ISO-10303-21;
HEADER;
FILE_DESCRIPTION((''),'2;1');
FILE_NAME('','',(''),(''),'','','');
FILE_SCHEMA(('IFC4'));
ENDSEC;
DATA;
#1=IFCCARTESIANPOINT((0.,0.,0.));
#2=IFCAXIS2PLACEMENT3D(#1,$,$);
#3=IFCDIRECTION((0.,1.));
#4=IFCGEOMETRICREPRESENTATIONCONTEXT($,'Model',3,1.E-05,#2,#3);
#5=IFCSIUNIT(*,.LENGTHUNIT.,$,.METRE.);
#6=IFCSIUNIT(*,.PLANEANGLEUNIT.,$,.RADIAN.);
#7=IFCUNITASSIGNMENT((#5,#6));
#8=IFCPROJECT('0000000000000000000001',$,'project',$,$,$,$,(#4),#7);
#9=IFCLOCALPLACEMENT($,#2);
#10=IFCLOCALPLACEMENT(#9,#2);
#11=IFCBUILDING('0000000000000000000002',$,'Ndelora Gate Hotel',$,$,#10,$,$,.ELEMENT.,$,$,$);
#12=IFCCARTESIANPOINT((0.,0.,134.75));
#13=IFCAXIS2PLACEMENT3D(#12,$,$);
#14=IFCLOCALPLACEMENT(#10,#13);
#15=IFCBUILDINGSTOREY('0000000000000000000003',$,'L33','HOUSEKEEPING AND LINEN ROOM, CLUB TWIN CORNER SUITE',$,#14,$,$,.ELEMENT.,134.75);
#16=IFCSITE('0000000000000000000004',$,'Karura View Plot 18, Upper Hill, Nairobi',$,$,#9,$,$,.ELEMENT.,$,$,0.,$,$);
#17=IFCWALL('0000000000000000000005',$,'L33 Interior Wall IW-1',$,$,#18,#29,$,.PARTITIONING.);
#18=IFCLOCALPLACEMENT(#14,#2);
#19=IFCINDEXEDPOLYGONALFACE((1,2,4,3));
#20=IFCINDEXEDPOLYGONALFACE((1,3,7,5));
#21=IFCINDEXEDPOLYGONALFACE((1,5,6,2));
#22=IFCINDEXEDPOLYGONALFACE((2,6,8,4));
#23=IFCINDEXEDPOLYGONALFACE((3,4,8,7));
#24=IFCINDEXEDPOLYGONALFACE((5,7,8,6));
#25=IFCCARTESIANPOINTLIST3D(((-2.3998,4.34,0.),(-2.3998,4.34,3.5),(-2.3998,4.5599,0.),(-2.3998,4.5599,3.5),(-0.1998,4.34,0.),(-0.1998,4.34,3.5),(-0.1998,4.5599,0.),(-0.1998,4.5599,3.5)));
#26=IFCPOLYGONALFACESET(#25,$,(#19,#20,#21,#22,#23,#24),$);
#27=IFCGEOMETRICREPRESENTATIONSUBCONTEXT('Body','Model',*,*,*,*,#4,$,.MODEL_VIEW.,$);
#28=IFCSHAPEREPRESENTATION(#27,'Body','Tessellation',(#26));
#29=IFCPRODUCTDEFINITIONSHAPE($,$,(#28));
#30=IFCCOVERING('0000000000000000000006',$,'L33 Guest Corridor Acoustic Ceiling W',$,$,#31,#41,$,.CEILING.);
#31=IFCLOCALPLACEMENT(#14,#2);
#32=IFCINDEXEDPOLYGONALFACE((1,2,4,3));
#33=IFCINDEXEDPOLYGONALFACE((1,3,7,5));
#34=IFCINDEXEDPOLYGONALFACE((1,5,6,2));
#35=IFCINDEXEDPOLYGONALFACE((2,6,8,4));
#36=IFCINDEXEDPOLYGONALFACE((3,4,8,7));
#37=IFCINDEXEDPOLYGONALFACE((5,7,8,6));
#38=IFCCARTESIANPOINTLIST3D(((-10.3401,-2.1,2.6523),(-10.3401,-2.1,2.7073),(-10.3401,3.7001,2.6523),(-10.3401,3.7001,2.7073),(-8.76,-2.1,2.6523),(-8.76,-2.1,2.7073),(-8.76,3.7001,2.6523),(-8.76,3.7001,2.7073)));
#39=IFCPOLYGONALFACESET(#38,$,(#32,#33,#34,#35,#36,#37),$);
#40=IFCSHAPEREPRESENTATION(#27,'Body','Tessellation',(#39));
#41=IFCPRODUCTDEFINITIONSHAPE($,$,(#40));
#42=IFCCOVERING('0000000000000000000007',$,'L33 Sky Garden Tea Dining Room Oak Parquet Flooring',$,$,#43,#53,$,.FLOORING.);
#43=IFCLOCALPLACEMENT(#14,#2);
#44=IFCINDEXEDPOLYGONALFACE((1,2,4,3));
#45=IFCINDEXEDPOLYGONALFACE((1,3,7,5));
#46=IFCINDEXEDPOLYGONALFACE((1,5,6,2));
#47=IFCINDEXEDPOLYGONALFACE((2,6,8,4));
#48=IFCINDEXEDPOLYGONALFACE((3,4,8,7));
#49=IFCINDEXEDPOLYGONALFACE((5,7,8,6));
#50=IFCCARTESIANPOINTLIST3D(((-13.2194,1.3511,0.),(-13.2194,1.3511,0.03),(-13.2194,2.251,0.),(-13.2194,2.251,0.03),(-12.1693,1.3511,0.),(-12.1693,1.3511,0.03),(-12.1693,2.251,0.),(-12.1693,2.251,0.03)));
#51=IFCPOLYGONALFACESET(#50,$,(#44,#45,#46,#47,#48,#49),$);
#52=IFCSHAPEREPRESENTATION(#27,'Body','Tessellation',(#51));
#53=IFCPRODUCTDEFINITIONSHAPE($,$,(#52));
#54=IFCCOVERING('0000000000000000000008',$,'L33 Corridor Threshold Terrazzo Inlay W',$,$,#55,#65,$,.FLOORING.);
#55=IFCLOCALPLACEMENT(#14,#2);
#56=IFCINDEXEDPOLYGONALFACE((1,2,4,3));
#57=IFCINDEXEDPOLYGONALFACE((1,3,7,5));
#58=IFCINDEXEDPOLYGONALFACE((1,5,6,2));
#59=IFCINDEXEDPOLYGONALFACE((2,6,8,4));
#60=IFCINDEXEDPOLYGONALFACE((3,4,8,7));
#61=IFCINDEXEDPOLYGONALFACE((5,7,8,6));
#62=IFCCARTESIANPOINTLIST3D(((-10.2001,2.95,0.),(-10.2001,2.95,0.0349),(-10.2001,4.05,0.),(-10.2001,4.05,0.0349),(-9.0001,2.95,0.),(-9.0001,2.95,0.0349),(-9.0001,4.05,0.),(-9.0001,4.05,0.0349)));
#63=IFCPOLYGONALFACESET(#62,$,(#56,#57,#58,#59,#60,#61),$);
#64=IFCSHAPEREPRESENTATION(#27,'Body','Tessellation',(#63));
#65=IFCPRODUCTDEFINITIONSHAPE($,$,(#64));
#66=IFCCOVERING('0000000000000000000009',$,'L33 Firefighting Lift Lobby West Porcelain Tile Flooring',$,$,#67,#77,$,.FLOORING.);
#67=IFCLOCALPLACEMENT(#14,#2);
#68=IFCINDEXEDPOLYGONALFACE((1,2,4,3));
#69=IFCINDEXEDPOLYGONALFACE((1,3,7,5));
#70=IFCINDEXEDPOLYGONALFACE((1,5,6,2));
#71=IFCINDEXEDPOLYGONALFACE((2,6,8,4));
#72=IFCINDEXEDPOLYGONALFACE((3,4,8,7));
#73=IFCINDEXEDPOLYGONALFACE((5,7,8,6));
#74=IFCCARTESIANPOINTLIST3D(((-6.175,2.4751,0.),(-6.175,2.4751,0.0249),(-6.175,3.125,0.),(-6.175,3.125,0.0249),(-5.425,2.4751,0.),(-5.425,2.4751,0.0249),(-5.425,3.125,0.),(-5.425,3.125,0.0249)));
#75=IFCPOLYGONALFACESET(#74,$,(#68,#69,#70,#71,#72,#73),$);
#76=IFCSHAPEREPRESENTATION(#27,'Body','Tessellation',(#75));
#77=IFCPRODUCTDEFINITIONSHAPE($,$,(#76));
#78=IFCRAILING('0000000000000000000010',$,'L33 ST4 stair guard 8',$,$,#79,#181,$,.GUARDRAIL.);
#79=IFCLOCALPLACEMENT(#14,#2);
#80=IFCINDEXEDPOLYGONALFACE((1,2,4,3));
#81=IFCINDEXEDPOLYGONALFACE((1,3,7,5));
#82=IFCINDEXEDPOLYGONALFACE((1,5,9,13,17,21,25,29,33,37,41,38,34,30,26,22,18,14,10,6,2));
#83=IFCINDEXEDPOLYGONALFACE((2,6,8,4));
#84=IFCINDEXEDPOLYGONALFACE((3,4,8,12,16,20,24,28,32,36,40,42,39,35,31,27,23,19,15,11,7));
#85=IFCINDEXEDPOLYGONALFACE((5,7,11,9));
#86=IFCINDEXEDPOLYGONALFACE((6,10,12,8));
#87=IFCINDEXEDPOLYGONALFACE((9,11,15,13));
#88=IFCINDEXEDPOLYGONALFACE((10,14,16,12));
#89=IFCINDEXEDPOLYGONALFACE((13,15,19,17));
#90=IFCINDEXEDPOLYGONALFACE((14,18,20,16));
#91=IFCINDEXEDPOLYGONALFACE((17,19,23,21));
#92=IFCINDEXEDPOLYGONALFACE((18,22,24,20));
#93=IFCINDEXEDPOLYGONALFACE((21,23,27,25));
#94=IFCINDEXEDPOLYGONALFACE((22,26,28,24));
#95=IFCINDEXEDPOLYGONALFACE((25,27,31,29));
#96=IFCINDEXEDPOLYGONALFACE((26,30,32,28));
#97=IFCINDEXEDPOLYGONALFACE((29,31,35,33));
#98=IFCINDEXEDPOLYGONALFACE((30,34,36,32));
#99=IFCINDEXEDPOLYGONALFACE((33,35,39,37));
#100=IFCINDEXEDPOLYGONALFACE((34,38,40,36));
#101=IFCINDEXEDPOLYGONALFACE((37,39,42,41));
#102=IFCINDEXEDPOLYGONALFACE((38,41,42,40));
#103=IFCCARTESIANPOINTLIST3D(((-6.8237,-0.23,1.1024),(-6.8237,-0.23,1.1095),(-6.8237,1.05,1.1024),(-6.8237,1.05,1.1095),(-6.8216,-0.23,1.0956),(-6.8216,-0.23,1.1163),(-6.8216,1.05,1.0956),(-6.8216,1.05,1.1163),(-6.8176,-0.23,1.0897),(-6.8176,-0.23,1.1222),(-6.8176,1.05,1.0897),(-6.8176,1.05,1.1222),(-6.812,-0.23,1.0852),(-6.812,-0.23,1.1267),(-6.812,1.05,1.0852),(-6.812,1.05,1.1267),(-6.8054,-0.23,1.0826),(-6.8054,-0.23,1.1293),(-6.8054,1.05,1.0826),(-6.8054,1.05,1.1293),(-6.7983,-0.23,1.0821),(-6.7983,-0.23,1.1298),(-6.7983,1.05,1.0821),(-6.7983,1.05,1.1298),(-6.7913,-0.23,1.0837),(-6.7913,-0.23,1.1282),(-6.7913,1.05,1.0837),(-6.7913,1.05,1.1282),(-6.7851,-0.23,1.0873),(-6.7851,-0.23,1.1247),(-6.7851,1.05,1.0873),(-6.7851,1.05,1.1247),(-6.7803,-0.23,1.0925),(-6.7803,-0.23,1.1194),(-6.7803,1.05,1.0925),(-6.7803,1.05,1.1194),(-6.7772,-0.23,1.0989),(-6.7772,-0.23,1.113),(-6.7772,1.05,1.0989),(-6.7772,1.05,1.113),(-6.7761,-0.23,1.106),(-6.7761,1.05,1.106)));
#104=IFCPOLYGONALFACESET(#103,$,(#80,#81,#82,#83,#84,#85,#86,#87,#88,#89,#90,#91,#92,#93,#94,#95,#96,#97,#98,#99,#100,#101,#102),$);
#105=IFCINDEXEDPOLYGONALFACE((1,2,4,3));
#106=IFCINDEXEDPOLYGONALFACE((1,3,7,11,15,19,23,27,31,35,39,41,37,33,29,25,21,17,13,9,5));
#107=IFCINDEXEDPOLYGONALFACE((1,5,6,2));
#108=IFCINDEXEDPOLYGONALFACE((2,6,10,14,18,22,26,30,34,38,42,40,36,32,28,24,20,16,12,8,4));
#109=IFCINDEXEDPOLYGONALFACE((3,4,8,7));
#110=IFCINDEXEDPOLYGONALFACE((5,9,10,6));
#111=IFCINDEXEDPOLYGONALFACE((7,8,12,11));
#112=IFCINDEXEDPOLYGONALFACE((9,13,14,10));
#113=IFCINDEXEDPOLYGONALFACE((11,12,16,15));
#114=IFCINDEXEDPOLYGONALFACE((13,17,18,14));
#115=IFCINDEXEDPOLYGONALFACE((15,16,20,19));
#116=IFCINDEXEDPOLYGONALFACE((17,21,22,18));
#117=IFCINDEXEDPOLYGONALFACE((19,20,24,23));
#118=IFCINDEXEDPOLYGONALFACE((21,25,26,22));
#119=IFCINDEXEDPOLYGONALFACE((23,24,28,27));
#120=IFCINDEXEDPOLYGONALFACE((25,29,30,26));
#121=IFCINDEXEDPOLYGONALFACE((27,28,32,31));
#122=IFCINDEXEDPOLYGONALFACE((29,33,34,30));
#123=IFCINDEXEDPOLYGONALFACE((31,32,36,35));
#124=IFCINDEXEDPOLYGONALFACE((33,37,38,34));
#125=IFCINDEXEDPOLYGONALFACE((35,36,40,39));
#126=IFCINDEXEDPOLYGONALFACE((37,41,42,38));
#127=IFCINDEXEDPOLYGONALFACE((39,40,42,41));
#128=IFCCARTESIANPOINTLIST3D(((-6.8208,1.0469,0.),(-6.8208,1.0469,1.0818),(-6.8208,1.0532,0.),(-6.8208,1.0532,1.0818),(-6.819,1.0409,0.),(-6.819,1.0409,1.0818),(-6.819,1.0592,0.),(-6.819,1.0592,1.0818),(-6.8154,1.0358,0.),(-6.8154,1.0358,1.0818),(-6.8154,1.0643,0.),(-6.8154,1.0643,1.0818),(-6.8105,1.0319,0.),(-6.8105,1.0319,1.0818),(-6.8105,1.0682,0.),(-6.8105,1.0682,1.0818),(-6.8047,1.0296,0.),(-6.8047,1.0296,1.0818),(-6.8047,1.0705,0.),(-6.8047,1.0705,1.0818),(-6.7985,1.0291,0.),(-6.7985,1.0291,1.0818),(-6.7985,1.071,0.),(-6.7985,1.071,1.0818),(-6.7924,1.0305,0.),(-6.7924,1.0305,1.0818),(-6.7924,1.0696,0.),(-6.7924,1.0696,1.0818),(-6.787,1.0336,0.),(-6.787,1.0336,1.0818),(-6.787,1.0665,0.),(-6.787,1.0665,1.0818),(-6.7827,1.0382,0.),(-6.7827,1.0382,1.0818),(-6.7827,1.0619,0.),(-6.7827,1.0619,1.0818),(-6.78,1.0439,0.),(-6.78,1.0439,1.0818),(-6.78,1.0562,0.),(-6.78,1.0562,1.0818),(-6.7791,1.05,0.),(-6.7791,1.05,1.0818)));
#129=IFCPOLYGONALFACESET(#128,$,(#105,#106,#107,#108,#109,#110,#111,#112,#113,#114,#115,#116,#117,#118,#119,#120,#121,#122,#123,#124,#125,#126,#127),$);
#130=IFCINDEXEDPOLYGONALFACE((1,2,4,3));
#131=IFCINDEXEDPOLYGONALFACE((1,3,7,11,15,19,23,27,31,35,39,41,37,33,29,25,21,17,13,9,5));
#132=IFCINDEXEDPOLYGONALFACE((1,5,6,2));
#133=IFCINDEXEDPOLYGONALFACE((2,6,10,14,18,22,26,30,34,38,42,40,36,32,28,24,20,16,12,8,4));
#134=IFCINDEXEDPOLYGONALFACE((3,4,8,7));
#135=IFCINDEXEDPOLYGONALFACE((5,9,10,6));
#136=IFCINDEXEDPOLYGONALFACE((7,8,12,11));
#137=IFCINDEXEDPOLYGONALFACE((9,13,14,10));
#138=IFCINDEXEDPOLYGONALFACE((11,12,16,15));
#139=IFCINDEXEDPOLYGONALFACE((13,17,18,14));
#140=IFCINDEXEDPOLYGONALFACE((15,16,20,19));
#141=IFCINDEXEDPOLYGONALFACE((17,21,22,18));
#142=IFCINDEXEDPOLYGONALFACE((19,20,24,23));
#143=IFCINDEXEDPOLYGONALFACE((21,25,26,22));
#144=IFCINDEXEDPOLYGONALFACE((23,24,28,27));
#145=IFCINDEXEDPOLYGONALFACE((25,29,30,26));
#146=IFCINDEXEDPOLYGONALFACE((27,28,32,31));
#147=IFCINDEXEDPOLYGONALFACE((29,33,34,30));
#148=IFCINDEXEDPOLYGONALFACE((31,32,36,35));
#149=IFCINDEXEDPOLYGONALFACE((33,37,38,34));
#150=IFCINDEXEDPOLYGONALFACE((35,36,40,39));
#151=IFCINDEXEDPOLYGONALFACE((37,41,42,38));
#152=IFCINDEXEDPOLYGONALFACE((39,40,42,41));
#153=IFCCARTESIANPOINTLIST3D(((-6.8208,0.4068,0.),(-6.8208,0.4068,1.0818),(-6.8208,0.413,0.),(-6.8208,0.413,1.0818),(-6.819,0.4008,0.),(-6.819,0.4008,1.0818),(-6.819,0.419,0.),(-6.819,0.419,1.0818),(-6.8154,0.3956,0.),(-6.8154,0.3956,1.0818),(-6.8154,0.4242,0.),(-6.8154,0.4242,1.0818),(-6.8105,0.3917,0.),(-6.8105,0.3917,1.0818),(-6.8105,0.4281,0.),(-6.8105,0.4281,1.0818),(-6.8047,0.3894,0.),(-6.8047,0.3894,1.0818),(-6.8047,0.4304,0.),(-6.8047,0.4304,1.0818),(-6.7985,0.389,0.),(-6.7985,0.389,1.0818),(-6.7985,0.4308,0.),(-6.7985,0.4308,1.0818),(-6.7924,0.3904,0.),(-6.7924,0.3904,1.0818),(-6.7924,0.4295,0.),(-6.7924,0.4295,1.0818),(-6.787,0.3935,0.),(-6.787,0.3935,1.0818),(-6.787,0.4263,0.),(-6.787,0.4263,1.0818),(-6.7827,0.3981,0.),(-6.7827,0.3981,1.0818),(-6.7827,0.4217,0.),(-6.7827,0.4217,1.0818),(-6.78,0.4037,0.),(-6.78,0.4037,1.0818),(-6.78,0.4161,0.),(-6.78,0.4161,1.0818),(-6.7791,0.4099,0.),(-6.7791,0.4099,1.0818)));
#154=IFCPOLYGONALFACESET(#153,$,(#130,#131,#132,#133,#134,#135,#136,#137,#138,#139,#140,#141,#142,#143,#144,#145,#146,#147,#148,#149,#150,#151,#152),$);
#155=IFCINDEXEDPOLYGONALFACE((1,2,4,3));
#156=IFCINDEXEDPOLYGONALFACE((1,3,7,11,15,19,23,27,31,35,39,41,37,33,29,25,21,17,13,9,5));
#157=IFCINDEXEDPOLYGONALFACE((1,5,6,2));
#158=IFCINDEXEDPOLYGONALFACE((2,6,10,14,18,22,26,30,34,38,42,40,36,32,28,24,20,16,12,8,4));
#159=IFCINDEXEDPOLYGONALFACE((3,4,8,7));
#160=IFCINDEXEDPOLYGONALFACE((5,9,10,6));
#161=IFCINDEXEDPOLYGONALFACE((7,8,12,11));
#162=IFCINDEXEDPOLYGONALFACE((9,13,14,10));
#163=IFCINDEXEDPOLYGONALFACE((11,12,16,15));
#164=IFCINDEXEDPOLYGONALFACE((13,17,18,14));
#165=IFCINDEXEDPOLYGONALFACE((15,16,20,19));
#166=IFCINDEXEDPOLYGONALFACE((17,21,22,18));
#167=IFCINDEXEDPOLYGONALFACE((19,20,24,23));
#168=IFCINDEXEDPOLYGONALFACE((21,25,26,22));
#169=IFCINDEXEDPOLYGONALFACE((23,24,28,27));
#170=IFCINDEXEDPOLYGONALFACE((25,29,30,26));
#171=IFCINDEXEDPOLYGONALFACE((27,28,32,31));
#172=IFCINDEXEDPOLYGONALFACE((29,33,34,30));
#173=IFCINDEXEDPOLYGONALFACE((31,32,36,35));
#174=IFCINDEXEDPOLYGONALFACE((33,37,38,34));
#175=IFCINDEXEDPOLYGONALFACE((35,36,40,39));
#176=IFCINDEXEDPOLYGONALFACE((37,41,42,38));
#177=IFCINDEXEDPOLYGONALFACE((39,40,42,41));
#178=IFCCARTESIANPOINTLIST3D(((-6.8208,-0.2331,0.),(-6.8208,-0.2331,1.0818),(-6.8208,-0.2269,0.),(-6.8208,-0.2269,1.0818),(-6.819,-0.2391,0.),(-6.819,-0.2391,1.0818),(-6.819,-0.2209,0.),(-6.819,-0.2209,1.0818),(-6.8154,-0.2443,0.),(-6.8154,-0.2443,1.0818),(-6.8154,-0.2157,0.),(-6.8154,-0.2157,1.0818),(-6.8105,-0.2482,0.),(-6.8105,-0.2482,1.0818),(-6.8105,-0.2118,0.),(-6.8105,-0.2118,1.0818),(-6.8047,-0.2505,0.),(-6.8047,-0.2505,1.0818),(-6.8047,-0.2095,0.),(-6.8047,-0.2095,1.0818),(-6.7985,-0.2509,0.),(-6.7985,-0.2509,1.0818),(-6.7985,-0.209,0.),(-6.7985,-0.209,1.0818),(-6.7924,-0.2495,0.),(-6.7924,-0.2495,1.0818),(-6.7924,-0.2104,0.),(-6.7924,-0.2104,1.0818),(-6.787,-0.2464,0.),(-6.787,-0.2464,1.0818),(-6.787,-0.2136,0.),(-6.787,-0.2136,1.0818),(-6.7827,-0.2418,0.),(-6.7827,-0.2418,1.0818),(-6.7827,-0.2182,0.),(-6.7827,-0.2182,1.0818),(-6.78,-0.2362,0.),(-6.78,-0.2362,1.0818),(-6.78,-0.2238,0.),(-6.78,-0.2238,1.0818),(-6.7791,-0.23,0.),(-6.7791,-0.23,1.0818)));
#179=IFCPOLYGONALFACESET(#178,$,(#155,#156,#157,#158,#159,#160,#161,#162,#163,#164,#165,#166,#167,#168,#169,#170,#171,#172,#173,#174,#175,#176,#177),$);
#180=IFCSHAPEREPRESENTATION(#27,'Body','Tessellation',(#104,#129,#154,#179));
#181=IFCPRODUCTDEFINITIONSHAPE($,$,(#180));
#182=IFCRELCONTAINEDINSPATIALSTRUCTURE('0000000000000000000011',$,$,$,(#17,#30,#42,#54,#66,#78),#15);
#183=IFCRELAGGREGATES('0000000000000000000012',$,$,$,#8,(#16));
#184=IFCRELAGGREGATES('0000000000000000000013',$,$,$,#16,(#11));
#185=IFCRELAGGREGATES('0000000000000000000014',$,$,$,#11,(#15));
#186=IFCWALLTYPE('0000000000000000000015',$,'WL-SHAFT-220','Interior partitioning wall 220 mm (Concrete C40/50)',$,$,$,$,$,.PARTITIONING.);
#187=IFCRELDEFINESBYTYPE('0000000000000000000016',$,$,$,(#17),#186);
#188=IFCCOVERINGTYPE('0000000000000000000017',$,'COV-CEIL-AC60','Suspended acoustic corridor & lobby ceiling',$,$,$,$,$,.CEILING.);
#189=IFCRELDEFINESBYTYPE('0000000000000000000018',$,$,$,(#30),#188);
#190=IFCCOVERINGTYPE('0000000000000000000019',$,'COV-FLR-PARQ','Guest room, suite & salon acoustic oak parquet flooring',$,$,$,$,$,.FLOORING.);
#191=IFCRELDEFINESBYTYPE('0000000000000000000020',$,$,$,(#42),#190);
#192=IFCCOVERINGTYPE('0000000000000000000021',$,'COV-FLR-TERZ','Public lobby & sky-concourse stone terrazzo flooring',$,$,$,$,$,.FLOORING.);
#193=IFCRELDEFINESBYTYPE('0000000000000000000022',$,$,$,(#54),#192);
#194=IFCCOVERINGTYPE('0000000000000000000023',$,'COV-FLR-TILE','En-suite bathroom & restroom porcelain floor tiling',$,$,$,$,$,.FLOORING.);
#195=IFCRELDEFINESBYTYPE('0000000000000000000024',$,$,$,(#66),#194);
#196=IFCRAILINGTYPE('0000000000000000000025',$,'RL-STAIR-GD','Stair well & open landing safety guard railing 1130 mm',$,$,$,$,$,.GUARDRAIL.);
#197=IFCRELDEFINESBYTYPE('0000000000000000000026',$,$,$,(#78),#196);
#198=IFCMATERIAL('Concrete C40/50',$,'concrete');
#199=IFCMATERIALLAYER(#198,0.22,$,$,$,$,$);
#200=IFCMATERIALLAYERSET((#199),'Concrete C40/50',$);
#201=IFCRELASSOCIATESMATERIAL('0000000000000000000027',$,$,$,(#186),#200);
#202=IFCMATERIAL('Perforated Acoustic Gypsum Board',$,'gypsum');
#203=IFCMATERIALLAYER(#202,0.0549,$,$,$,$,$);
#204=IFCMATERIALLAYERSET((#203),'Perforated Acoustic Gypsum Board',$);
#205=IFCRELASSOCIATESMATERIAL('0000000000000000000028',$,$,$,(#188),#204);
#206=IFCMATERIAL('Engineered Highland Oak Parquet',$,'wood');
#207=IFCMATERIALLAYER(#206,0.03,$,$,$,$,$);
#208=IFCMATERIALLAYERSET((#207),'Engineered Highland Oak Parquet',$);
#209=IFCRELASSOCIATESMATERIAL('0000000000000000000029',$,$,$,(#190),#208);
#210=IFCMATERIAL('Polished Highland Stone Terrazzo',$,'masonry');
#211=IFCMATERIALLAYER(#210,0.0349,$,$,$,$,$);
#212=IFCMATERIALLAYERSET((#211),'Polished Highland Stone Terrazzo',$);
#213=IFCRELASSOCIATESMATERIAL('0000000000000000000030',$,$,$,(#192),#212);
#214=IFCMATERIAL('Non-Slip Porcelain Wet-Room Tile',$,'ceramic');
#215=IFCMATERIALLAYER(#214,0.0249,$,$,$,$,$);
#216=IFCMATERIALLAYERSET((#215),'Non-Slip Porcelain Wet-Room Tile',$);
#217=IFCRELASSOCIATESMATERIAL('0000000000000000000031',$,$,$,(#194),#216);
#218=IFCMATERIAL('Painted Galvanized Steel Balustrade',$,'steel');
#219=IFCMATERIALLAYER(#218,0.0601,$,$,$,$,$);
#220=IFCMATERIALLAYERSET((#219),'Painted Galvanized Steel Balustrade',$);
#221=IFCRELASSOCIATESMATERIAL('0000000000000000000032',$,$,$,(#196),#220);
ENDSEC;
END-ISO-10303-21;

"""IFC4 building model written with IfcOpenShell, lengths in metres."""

from ifc_helpers import new_model, si_unit, direction, frame, frame_2d, origin, origin_2d, place, context, subcontext, project, spatial, rectangle, circle, extrude, material, layer, layer_set, type_object, element, save


model = new_model("IFC4")

# Units and contexts
model_context = context("Model", 3, precision=1e-05, world=origin(), true_north=direction((0.0, 1.0)))
body_context = subcontext(model_context, "Body", "Model", "MODEL_VIEW")
ifc_project = project(units=[si_unit("LENGTHUNIT", "METRE"), si_unit("PLANEANGLEUNIT", "RADIAN")], contexts=[model_context])

# Site, building, storey
site_placement = place(None, origin())
site = spatial("IfcSite", under=ifc_project, at=site_placement, Name="Karura View Plot 18, Upper Hill, Nairobi", CompositionType="ELEMENT", RefElevation=0.0)
building_placement = place(site_placement, origin())
building = spatial("IfcBuilding", under=site, at=building_placement, Name="Ndelora Gate Hotel", CompositionType="ELEMENT")
storey_placement = place(building_placement, frame((0.0, 0.0, 134.75)))
storey = spatial("IfcBuildingStorey", under=building, at=storey_placement, Name="L33", Description="HOUSEKEEPING AND LINEN ROOM, CLUB TWIN CORNER SUITE", CompositionType="ELEMENT", Elevation=134.75)

# Shared definitions
ifc_material_1 = material(Name="Concrete C40/50", Category="concrete")

# Shared definitions
ifc_layer_1 = layer(ifc_material_1, 0.22)
ifc_layer_set_1 = layer_set([ifc_layer_1], Name="Concrete C40/50")
wall_type_1 = type_object("IfcWallType", Name="WL-SHAFT-220", Description="Interior partitioning wall 220 mm (Concrete C40/50)", PredefinedType="PARTITIONING", material=ifc_layer_set_1)

# Wall
wall_1_placement = place(storey_placement, frame((-2.3999, 4.45, 0.0), z_axis=(0.0, 0.0, 1.0), x_axis=(1.0, 0.0, 0.0)))
element("IfcWall", 1, at=wall_1_placement, inside=storey, type_object=wall_type_1, Name="L33 Interior Wall IW-1", PredefinedType="PARTITIONING", context=body_context, shape_type="SweptSolid", body=[
    extrude(rectangle(XDim=2.2, YDim=0.22, at=frame_2d((1.1001, 0.0))), origin(), (0.0, 0.0, 1.0), 3.5),
])

# Coverings
ifc_material_2 = material(Name="Perforated Acoustic Gypsum Board", Category="gypsum")
ifc_layer_2 = layer(ifc_material_2, 0.0549)
ifc_layer_set_2 = layer_set([ifc_layer_2], Name="Perforated Acoustic Gypsum Board")
covering_type_1 = type_object("IfcCoveringType", Name="COV-CEIL-AC60", Description="Suspended acoustic corridor & lobby ceiling", PredefinedType="CEILING", material=ifc_layer_set_2)
covering_1_placement = place(storey_placement, frame((-9.55, 0.8, 2.6523), z_axis=(0.0, 0.0, 1.0), x_axis=(1.0, 0.0, 0.0)))
element("IfcCovering", 2, at=covering_1_placement, inside=storey, type_object=covering_type_1, Name="L33 Guest Corridor Acoustic Ceiling W", PredefinedType="CEILING", context=body_context, shape_type="SweptSolid", body=[
    extrude(rectangle(XDim=1.5801, YDim=5.8, at=origin_2d()), origin(), (0.0, 0.0, 1.0), 0.0549),
])
ifc_material_3 = material(Name="Engineered Highland Oak Parquet", Category="wood")
ifc_layer_3 = layer(ifc_material_3, 0.03)
ifc_layer_set_3 = layer_set([ifc_layer_3], Name="Engineered Highland Oak Parquet")
covering_type_2 = type_object("IfcCoveringType", Name="COV-FLR-PARQ", Description="Guest room, suite & salon acoustic oak parquet flooring", PredefinedType="FLOORING", material=ifc_layer_set_3)
covering_2_placement = place(storey_placement, frame((-12.6943, 1.801, 0.0), z_axis=(0.0, 0.0, 1.0), x_axis=(1.0, 0.0, 0.0)))
element("IfcCovering", 3, at=covering_2_placement, inside=storey, type_object=covering_type_2, Name="L33 Sky Garden Tea Dining Room Oak Parquet Flooring", PredefinedType="FLOORING", context=body_context, shape_type="SweptSolid", body=[
    extrude(rectangle(XDim=1.05, YDim=0.8999, at=origin_2d()), origin(), (0.0, 0.0, 1.0), 0.03),
])
ifc_material_4 = material(Name="Polished Highland Stone Terrazzo", Category="masonry")
ifc_layer_4 = layer(ifc_material_4, 0.0349)
ifc_layer_set_4 = layer_set([ifc_layer_4], Name="Polished Highland Stone Terrazzo")
covering_type_3 = type_object("IfcCoveringType", Name="COV-FLR-TERZ", Description="Public lobby & sky-concourse stone terrazzo flooring", PredefinedType="FLOORING", material=ifc_layer_set_4)
covering_3_placement = place(storey_placement, frame((-9.6001, 3.5, 0.0), z_axis=(0.0, 0.0, 1.0), x_axis=(1.0, 0.0, 0.0)))
element("IfcCovering", 4, at=covering_3_placement, inside=storey, type_object=covering_type_3, Name="L33 Corridor Threshold Terrazzo Inlay W", PredefinedType="FLOORING", context=body_context, shape_type="SweptSolid", body=[
    extrude(rectangle(XDim=1.2, YDim=1.1001, at=origin_2d()), origin(), (0.0, 0.0, 1.0), 0.0349),
])
ifc_material_5 = material(Name="Non-Slip Porcelain Wet-Room Tile", Category="ceramic")
ifc_layer_5 = layer(ifc_material_5, 0.0249)
ifc_layer_set_5 = layer_set([ifc_layer_5], Name="Non-Slip Porcelain Wet-Room Tile")
covering_type_4 = type_object("IfcCoveringType", Name="COV-FLR-TILE", Description="En-suite bathroom & restroom porcelain floor tiling", PredefinedType="FLOORING", material=ifc_layer_set_5)
covering_4_placement = place(storey_placement, frame((-5.8, 2.8, 0.0), z_axis=(0.0, 0.0, 1.0), x_axis=(1.0, 0.0, 0.0)))
element("IfcCovering", 5, at=covering_4_placement, inside=storey, type_object=covering_type_4, Name="L33 Firefighting Lift Lobby West Porcelain Tile Flooring", PredefinedType="FLOORING", context=body_context, shape_type="SweptSolid", body=[
    extrude(rectangle(XDim=0.75, YDim=0.6499, at=origin_2d()), origin(), (0.0, 0.0, 1.0), 0.0249),
])

# Railing
ifc_material_6 = material(Name="Painted Galvanized Steel Balustrade", Category="steel")
ifc_layer_6 = layer(ifc_material_6, 0.0601)
ifc_layer_set_6 = layer_set([ifc_layer_6], Name="Painted Galvanized Steel Balustrade")
railing_type = type_object("IfcRailingType", Name="RL-STAIR-GD", Description="Stair well & open landing safety guard railing 1130 mm", PredefinedType="GUARDRAIL", material=ifc_layer_set_6)
for number, where, name in (
    (6, (-6.8, 1.05, 0.0), "L33 ST4 stair guard 8"),
):
    element("IfcRailing", number, at=place(storey_placement, frame(where)), inside=storey, type_object=railing_type, Name=name, PredefinedType="GUARDRAIL", context=body_context, shape_type="SweptSolid", body=[
        extrude(circle(Radius=0.0239, at=origin_2d()), frame((0.0, 0.0, 1.106), z_axis=(0.0, -1.0, 0.0), x_axis=(1.0, 0.0, 0.0)), (0.0, 0.0, 1.0), 1.28),
        extrude(circle(Radius=0.021, at=origin_2d()), origin(), (0.0, 0.0, 1.0), 1.0818),
        extrude(circle(Radius=0.021, at=origin_2d()), frame((0.0, -0.6401, 0.0)), (0.0, 0.0, 1.0), 1.0818),
        extrude(circle(Radius=0.021, at=origin_2d()), frame((0.0, -1.28, 0.0)), (0.0, 0.0, 1.0), 1.0818),
    ])

save(model, "model.ifc")
